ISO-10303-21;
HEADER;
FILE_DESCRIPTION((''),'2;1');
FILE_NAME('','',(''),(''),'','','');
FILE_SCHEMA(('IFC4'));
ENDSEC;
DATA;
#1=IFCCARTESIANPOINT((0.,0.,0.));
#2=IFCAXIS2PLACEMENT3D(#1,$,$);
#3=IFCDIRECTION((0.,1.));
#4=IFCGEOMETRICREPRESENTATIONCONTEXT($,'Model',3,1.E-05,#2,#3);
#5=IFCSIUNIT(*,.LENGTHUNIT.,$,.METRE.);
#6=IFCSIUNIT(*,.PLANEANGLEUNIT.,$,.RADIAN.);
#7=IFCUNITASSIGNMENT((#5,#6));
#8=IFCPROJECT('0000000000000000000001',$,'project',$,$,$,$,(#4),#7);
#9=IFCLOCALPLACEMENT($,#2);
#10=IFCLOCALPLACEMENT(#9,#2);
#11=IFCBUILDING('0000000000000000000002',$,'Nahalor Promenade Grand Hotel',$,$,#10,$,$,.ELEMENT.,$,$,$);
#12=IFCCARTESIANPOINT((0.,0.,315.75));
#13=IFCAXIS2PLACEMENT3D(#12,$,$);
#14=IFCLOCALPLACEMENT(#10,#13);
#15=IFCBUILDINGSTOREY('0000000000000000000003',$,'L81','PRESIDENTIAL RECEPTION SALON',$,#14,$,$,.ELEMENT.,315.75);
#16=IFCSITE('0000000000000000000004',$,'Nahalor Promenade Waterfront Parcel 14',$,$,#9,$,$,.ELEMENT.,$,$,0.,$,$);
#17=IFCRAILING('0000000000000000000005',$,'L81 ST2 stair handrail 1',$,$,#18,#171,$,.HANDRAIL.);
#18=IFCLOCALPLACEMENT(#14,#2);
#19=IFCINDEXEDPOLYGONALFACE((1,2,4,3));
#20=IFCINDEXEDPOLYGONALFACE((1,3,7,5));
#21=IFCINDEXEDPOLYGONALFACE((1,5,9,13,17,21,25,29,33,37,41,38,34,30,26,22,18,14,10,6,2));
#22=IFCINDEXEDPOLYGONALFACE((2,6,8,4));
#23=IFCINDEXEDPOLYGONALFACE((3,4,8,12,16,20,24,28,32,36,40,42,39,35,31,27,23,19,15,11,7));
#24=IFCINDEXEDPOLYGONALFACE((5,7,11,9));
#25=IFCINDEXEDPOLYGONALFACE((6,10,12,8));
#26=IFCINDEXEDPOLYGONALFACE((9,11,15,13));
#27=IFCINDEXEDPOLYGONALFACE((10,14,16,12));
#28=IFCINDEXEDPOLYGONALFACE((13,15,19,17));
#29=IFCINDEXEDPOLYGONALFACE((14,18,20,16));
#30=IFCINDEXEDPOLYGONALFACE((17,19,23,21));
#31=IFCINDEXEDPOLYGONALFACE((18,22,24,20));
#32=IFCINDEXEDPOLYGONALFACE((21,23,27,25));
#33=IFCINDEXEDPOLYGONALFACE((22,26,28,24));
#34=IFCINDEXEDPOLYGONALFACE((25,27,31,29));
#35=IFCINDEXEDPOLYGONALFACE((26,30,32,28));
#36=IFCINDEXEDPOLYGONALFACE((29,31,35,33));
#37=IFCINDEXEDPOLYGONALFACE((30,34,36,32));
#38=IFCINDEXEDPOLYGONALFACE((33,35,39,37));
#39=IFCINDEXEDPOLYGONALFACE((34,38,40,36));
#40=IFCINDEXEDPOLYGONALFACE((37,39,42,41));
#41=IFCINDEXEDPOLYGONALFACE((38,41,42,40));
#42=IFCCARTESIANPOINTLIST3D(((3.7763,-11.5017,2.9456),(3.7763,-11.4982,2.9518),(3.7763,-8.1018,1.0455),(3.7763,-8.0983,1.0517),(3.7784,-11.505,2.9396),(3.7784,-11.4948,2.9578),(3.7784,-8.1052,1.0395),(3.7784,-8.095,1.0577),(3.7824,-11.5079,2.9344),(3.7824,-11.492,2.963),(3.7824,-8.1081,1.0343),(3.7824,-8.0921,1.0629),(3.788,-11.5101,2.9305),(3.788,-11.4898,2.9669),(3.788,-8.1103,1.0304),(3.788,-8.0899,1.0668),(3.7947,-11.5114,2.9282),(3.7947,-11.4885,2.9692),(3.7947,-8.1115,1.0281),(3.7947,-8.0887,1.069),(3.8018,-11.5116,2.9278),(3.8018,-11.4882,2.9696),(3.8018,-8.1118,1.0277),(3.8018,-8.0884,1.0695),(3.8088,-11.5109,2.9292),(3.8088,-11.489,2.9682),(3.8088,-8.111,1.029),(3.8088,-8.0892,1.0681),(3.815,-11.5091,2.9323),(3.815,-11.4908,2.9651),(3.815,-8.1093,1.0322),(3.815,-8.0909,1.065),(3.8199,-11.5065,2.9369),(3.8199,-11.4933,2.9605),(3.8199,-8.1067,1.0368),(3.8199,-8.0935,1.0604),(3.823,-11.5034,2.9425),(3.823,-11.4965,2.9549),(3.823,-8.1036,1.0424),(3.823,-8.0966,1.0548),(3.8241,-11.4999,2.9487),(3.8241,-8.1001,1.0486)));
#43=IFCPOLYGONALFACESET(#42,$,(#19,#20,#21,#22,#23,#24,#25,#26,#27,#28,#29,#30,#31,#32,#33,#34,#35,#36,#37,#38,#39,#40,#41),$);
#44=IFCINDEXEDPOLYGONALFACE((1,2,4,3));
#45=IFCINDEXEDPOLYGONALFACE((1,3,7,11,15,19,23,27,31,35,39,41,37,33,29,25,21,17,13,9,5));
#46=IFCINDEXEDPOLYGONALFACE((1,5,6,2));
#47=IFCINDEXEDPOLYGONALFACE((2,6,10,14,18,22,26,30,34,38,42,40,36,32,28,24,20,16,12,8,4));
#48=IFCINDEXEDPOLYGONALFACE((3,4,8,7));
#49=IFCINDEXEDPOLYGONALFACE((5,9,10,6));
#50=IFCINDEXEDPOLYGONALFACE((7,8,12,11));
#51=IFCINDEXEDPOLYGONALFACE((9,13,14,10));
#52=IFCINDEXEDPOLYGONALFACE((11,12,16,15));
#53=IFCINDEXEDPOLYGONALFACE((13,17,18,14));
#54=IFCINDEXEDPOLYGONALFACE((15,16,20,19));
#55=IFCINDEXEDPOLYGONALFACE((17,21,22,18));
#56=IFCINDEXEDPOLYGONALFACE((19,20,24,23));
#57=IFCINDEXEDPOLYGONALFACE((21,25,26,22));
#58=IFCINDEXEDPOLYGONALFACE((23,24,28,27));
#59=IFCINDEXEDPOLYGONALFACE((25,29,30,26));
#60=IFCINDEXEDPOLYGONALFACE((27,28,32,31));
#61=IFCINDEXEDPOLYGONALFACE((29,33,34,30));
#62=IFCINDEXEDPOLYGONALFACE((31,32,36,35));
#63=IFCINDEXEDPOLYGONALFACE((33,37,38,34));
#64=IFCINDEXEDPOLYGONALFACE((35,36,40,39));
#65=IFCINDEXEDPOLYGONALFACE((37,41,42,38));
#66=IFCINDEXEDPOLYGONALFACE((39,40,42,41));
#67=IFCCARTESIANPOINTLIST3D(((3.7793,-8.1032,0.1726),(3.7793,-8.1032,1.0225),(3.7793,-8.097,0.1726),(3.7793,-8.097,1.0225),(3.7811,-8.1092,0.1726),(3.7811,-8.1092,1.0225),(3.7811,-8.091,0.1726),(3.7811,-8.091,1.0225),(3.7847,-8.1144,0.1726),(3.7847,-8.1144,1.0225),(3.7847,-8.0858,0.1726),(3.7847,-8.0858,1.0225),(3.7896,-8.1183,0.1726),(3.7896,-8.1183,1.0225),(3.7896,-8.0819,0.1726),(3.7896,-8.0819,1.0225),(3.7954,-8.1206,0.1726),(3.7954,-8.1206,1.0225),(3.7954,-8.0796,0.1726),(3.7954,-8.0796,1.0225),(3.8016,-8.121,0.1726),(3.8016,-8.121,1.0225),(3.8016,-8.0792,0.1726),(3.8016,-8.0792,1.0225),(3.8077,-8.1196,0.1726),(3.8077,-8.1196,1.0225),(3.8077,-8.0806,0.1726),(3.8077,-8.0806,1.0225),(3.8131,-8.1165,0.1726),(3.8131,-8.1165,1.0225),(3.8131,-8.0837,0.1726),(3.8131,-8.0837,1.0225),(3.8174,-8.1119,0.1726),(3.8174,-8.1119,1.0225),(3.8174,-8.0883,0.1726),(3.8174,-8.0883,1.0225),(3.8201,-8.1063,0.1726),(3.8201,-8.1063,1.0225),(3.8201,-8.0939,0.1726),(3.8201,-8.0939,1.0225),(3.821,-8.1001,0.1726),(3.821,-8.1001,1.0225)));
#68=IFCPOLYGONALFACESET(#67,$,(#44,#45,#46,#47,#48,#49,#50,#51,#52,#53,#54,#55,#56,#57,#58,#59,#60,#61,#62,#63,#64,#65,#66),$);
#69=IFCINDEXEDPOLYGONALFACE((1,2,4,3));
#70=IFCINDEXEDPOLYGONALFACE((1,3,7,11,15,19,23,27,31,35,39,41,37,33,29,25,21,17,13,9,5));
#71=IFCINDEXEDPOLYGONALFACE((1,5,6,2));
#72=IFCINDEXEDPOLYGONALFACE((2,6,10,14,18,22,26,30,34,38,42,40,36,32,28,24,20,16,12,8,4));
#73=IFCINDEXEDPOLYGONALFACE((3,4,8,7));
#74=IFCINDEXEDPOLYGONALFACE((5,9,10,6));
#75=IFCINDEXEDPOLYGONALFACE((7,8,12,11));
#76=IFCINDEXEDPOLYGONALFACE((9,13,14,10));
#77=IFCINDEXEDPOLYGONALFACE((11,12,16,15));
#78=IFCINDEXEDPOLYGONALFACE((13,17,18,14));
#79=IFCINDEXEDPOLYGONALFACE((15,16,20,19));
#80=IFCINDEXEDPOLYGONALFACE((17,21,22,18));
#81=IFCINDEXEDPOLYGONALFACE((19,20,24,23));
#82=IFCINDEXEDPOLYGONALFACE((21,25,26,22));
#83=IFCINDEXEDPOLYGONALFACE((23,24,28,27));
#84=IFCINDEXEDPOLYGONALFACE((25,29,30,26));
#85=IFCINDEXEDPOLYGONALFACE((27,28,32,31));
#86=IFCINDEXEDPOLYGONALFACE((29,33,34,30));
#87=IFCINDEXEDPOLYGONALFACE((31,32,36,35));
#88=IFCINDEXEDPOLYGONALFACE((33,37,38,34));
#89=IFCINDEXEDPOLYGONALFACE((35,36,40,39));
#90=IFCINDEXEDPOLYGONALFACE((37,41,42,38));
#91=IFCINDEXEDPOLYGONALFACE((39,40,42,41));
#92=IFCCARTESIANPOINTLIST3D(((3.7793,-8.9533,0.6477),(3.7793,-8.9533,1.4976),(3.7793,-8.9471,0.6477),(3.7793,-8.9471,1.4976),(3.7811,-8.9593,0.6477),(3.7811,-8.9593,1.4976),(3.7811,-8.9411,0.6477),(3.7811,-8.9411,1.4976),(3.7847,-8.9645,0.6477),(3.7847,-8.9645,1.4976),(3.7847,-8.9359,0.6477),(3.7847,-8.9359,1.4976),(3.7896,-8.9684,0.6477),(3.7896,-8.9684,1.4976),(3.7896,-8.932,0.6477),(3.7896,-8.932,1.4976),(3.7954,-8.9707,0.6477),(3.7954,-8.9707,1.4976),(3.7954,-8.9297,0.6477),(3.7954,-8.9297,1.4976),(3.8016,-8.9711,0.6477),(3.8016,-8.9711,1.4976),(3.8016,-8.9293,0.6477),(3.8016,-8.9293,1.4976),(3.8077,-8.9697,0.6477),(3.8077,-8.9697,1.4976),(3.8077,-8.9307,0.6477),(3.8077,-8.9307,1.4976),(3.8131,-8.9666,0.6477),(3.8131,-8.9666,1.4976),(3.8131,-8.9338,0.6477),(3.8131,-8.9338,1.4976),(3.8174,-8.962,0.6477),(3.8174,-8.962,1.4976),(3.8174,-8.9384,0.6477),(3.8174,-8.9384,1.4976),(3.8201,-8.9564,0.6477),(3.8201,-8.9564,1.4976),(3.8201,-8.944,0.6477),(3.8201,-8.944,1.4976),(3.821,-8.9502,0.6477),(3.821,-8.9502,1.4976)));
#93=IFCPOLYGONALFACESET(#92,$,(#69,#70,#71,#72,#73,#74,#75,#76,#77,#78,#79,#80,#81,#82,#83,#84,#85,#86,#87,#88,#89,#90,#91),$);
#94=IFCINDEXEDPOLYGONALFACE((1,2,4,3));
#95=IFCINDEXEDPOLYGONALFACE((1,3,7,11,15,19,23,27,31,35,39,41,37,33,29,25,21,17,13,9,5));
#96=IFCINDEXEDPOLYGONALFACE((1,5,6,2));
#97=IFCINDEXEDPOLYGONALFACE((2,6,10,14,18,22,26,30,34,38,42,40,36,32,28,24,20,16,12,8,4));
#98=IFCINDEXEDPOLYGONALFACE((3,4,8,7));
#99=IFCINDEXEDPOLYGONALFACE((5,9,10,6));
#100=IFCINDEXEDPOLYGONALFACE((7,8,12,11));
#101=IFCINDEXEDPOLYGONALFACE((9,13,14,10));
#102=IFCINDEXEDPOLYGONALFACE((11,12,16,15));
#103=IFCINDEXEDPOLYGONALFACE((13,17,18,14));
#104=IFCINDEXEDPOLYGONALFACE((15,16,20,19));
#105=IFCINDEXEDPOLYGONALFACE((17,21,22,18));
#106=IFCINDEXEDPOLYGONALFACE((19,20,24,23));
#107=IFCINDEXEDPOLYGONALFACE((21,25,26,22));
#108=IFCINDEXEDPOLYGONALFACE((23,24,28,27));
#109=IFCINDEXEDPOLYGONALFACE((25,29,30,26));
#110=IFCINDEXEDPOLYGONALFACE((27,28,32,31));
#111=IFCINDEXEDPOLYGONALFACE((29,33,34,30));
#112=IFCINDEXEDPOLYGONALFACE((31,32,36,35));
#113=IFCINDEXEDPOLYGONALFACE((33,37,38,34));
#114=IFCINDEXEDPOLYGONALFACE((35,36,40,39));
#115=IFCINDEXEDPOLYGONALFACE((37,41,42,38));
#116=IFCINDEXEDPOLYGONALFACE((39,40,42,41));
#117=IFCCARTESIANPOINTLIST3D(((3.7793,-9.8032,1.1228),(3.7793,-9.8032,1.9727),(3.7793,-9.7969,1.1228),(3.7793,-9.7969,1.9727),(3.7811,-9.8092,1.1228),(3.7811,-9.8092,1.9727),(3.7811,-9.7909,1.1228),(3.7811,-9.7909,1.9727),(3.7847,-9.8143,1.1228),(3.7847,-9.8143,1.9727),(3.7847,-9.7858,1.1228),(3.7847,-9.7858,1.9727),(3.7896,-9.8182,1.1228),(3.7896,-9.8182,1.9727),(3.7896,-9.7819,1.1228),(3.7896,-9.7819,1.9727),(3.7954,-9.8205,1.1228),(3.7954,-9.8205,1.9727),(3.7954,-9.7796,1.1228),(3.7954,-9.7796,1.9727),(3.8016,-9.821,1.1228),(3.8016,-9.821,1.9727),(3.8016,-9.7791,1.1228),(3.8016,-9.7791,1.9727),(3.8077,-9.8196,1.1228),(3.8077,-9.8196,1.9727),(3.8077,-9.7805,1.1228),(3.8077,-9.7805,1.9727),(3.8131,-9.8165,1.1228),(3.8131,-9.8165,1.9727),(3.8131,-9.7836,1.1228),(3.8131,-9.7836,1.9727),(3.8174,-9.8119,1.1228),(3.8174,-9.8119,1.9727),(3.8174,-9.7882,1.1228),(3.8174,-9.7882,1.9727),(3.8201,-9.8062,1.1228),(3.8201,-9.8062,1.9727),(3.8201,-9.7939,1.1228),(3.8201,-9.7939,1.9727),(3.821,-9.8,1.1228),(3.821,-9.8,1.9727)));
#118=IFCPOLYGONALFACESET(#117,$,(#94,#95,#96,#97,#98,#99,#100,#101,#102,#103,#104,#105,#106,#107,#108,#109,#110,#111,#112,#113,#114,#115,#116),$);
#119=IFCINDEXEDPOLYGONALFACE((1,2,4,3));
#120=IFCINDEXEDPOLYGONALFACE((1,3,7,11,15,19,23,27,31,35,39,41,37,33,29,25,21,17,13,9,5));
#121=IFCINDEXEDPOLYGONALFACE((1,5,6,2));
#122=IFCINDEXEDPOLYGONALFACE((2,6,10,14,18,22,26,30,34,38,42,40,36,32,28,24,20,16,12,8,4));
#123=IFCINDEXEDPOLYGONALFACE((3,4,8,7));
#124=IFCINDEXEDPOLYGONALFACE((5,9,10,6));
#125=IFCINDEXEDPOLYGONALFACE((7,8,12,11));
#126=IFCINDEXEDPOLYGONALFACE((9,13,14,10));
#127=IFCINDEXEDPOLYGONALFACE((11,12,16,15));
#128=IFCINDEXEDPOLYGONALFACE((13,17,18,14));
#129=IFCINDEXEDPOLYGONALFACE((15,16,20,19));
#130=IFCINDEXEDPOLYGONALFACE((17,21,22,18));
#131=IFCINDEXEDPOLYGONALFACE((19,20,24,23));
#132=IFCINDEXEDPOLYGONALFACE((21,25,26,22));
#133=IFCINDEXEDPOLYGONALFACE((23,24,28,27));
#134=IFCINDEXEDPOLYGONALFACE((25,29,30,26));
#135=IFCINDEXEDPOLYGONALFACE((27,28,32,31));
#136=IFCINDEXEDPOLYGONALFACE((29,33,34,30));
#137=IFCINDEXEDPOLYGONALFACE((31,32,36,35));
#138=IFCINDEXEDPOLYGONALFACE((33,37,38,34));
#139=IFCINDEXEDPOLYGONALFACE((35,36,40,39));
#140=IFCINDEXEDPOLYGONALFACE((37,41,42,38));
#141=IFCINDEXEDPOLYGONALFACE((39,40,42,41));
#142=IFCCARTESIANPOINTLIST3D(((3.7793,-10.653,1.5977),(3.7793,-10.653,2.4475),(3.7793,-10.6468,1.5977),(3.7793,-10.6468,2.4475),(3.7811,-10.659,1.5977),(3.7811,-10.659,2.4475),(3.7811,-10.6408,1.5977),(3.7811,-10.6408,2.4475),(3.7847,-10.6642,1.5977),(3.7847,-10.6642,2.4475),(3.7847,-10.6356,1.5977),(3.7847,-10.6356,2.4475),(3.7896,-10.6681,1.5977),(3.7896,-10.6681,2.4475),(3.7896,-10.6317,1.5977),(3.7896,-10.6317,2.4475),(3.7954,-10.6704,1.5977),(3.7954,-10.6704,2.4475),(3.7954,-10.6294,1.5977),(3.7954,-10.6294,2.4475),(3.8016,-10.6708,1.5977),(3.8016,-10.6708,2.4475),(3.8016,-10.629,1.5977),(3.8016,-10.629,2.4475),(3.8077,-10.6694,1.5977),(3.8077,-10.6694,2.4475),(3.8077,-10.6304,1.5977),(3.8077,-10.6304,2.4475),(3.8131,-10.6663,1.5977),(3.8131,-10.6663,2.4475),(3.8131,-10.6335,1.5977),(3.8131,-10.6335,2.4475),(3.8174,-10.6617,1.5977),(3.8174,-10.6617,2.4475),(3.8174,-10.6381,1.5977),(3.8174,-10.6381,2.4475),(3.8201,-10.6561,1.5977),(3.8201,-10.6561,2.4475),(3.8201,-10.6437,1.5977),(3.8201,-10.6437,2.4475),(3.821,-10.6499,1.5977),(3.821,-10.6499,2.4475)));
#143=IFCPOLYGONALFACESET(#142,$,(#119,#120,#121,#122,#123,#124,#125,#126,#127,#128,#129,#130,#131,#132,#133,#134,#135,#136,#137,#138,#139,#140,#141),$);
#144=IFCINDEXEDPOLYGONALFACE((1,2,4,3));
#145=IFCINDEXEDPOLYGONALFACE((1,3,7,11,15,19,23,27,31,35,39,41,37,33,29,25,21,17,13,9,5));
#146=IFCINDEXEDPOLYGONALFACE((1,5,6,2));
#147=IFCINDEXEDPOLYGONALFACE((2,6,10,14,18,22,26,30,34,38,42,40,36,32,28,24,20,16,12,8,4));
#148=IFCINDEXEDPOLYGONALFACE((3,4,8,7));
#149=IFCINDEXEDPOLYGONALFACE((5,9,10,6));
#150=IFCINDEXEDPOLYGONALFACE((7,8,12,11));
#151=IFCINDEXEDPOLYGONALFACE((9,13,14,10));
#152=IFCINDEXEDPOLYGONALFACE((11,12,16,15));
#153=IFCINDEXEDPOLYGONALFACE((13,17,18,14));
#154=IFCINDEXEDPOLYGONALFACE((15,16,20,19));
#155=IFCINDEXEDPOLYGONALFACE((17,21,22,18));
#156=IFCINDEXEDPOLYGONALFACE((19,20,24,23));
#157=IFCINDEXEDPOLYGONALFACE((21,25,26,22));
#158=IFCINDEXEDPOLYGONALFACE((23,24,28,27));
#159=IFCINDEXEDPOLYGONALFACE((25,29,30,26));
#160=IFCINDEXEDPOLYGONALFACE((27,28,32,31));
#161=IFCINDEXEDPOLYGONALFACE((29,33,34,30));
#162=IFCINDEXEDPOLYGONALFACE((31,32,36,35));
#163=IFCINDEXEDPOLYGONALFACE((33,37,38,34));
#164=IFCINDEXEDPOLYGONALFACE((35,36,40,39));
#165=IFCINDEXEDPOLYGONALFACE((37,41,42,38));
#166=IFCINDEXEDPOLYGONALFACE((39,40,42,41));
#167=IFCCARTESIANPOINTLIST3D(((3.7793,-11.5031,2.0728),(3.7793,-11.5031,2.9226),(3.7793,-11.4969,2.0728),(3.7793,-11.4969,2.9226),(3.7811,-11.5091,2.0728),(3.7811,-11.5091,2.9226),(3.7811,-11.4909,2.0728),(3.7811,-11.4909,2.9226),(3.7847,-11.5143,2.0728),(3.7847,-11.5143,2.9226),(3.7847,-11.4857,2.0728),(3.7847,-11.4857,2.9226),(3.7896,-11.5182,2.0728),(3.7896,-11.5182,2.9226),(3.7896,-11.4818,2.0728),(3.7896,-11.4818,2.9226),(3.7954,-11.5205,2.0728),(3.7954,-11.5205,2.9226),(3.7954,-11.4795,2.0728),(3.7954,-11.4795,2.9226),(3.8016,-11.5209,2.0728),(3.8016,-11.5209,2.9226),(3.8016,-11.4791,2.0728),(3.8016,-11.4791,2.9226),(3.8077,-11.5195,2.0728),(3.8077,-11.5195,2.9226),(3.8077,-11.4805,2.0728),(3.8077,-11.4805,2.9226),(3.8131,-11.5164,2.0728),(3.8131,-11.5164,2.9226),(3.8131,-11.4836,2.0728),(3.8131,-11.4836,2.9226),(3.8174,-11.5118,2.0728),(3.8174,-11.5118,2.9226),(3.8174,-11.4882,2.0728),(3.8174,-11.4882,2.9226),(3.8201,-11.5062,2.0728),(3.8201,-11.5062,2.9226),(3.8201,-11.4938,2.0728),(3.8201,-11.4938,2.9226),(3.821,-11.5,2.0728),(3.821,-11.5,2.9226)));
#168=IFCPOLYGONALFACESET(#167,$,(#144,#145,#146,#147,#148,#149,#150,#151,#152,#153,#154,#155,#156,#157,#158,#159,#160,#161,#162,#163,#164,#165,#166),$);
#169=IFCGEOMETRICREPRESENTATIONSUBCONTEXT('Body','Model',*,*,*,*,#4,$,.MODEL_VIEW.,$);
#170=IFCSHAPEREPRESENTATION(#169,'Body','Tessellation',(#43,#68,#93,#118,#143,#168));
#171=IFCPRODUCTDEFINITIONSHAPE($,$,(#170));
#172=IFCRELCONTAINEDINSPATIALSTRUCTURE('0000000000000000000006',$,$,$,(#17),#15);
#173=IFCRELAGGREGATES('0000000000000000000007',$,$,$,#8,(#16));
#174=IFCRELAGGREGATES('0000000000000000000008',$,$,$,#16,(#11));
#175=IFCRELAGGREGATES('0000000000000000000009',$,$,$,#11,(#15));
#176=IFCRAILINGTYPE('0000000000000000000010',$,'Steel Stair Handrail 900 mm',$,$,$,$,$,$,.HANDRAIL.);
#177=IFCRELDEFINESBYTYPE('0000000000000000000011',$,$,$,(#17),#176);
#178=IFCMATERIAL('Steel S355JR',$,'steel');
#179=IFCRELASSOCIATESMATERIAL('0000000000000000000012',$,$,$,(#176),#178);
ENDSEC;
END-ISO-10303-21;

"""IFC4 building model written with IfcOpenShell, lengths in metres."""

from ifc_helpers import new_model, si_unit, direction, frame, origin, origin_2d, place, context, subcontext, project, spatial, circle, extrude, material, type_object, element, save


model = new_model("IFC4")

# Units and contexts
model_context = context("Model", 3, precision=1e-05, world=origin(), true_north=direction((0.0, 1.0)))
body_context = subcontext(model_context, "Body", "Model", "MODEL_VIEW")
ifc_project = project(units=[si_unit("LENGTHUNIT", "METRE"), si_unit("PLANEANGLEUNIT", "RADIAN")], contexts=[model_context])

# Site, building, storey
site_placement = place(None, origin())
site = spatial("IfcSite", under=ifc_project, at=site_placement, Name="Nahalor Promenade Waterfront Parcel 14", CompositionType="ELEMENT", RefElevation=0.0)
building_placement = place(site_placement, origin())
building = spatial("IfcBuilding", under=site, at=building_placement, Name="Nahalor Promenade Grand Hotel", CompositionType="ELEMENT")
storey_placement = place(building_placement, frame((0.0, 0.0, 315.75)))
storey = spatial("IfcBuildingStorey", under=building, at=storey_placement, Name="L81", Description="PRESIDENTIAL RECEPTION SALON", CompositionType="ELEMENT", Elevation=315.75)

# Shared definitions
ifc_material_1 = material(Name="Steel S355JR", Category="steel")

# Railing
railing_type_1 = type_object("IfcRailingType", Name="Steel Stair Handrail 900 mm", PredefinedType="HANDRAIL", material=ifc_material_1)
railing_1_placement = place(storey_placement, frame((3.8, -8.1001, 0.1726)))
element("IfcRailing", 1, at=railing_1_placement, inside=storey, type_object=railing_type_1, Name="L81 ST2 stair handrail 1", PredefinedType="HANDRAIL", context=body_context, shape_type="SweptSolid", body=[
    extrude(circle(Radius=0.024, at=origin_2d()), frame((0.0, 0.0, 0.876), z_axis=(0.0, -0.872921, 0.487861), x_axis=(1.0, 0.0, 0.0)), (0.0, 0.0, 1.0), 3.8948),
    extrude(circle(Radius=0.021, at=origin_2d()), origin(), (0.0, 0.0, 1.0), 0.8499),
    extrude(circle(Radius=0.021, at=origin_2d()), frame((0.0, -0.8501, 0.4751)), (0.0, 0.0, 1.0), 0.8499),
    extrude(circle(Radius=0.021, at=origin_2d()), frame((0.0, -1.7, 0.9502)), (0.0, 0.0, 1.0), 0.8499),
    extrude(circle(Radius=0.021, at=origin_2d()), frame((0.0, -2.5498, 1.425)), (0.0, 0.0, 1.0), 0.8499),
    extrude(circle(Radius=0.021, at=origin_2d()), frame((0.0, -3.3999, 1.9001)), (0.0, 0.0, 1.0), 0.8499),
])

save(model, "model.ifc")
